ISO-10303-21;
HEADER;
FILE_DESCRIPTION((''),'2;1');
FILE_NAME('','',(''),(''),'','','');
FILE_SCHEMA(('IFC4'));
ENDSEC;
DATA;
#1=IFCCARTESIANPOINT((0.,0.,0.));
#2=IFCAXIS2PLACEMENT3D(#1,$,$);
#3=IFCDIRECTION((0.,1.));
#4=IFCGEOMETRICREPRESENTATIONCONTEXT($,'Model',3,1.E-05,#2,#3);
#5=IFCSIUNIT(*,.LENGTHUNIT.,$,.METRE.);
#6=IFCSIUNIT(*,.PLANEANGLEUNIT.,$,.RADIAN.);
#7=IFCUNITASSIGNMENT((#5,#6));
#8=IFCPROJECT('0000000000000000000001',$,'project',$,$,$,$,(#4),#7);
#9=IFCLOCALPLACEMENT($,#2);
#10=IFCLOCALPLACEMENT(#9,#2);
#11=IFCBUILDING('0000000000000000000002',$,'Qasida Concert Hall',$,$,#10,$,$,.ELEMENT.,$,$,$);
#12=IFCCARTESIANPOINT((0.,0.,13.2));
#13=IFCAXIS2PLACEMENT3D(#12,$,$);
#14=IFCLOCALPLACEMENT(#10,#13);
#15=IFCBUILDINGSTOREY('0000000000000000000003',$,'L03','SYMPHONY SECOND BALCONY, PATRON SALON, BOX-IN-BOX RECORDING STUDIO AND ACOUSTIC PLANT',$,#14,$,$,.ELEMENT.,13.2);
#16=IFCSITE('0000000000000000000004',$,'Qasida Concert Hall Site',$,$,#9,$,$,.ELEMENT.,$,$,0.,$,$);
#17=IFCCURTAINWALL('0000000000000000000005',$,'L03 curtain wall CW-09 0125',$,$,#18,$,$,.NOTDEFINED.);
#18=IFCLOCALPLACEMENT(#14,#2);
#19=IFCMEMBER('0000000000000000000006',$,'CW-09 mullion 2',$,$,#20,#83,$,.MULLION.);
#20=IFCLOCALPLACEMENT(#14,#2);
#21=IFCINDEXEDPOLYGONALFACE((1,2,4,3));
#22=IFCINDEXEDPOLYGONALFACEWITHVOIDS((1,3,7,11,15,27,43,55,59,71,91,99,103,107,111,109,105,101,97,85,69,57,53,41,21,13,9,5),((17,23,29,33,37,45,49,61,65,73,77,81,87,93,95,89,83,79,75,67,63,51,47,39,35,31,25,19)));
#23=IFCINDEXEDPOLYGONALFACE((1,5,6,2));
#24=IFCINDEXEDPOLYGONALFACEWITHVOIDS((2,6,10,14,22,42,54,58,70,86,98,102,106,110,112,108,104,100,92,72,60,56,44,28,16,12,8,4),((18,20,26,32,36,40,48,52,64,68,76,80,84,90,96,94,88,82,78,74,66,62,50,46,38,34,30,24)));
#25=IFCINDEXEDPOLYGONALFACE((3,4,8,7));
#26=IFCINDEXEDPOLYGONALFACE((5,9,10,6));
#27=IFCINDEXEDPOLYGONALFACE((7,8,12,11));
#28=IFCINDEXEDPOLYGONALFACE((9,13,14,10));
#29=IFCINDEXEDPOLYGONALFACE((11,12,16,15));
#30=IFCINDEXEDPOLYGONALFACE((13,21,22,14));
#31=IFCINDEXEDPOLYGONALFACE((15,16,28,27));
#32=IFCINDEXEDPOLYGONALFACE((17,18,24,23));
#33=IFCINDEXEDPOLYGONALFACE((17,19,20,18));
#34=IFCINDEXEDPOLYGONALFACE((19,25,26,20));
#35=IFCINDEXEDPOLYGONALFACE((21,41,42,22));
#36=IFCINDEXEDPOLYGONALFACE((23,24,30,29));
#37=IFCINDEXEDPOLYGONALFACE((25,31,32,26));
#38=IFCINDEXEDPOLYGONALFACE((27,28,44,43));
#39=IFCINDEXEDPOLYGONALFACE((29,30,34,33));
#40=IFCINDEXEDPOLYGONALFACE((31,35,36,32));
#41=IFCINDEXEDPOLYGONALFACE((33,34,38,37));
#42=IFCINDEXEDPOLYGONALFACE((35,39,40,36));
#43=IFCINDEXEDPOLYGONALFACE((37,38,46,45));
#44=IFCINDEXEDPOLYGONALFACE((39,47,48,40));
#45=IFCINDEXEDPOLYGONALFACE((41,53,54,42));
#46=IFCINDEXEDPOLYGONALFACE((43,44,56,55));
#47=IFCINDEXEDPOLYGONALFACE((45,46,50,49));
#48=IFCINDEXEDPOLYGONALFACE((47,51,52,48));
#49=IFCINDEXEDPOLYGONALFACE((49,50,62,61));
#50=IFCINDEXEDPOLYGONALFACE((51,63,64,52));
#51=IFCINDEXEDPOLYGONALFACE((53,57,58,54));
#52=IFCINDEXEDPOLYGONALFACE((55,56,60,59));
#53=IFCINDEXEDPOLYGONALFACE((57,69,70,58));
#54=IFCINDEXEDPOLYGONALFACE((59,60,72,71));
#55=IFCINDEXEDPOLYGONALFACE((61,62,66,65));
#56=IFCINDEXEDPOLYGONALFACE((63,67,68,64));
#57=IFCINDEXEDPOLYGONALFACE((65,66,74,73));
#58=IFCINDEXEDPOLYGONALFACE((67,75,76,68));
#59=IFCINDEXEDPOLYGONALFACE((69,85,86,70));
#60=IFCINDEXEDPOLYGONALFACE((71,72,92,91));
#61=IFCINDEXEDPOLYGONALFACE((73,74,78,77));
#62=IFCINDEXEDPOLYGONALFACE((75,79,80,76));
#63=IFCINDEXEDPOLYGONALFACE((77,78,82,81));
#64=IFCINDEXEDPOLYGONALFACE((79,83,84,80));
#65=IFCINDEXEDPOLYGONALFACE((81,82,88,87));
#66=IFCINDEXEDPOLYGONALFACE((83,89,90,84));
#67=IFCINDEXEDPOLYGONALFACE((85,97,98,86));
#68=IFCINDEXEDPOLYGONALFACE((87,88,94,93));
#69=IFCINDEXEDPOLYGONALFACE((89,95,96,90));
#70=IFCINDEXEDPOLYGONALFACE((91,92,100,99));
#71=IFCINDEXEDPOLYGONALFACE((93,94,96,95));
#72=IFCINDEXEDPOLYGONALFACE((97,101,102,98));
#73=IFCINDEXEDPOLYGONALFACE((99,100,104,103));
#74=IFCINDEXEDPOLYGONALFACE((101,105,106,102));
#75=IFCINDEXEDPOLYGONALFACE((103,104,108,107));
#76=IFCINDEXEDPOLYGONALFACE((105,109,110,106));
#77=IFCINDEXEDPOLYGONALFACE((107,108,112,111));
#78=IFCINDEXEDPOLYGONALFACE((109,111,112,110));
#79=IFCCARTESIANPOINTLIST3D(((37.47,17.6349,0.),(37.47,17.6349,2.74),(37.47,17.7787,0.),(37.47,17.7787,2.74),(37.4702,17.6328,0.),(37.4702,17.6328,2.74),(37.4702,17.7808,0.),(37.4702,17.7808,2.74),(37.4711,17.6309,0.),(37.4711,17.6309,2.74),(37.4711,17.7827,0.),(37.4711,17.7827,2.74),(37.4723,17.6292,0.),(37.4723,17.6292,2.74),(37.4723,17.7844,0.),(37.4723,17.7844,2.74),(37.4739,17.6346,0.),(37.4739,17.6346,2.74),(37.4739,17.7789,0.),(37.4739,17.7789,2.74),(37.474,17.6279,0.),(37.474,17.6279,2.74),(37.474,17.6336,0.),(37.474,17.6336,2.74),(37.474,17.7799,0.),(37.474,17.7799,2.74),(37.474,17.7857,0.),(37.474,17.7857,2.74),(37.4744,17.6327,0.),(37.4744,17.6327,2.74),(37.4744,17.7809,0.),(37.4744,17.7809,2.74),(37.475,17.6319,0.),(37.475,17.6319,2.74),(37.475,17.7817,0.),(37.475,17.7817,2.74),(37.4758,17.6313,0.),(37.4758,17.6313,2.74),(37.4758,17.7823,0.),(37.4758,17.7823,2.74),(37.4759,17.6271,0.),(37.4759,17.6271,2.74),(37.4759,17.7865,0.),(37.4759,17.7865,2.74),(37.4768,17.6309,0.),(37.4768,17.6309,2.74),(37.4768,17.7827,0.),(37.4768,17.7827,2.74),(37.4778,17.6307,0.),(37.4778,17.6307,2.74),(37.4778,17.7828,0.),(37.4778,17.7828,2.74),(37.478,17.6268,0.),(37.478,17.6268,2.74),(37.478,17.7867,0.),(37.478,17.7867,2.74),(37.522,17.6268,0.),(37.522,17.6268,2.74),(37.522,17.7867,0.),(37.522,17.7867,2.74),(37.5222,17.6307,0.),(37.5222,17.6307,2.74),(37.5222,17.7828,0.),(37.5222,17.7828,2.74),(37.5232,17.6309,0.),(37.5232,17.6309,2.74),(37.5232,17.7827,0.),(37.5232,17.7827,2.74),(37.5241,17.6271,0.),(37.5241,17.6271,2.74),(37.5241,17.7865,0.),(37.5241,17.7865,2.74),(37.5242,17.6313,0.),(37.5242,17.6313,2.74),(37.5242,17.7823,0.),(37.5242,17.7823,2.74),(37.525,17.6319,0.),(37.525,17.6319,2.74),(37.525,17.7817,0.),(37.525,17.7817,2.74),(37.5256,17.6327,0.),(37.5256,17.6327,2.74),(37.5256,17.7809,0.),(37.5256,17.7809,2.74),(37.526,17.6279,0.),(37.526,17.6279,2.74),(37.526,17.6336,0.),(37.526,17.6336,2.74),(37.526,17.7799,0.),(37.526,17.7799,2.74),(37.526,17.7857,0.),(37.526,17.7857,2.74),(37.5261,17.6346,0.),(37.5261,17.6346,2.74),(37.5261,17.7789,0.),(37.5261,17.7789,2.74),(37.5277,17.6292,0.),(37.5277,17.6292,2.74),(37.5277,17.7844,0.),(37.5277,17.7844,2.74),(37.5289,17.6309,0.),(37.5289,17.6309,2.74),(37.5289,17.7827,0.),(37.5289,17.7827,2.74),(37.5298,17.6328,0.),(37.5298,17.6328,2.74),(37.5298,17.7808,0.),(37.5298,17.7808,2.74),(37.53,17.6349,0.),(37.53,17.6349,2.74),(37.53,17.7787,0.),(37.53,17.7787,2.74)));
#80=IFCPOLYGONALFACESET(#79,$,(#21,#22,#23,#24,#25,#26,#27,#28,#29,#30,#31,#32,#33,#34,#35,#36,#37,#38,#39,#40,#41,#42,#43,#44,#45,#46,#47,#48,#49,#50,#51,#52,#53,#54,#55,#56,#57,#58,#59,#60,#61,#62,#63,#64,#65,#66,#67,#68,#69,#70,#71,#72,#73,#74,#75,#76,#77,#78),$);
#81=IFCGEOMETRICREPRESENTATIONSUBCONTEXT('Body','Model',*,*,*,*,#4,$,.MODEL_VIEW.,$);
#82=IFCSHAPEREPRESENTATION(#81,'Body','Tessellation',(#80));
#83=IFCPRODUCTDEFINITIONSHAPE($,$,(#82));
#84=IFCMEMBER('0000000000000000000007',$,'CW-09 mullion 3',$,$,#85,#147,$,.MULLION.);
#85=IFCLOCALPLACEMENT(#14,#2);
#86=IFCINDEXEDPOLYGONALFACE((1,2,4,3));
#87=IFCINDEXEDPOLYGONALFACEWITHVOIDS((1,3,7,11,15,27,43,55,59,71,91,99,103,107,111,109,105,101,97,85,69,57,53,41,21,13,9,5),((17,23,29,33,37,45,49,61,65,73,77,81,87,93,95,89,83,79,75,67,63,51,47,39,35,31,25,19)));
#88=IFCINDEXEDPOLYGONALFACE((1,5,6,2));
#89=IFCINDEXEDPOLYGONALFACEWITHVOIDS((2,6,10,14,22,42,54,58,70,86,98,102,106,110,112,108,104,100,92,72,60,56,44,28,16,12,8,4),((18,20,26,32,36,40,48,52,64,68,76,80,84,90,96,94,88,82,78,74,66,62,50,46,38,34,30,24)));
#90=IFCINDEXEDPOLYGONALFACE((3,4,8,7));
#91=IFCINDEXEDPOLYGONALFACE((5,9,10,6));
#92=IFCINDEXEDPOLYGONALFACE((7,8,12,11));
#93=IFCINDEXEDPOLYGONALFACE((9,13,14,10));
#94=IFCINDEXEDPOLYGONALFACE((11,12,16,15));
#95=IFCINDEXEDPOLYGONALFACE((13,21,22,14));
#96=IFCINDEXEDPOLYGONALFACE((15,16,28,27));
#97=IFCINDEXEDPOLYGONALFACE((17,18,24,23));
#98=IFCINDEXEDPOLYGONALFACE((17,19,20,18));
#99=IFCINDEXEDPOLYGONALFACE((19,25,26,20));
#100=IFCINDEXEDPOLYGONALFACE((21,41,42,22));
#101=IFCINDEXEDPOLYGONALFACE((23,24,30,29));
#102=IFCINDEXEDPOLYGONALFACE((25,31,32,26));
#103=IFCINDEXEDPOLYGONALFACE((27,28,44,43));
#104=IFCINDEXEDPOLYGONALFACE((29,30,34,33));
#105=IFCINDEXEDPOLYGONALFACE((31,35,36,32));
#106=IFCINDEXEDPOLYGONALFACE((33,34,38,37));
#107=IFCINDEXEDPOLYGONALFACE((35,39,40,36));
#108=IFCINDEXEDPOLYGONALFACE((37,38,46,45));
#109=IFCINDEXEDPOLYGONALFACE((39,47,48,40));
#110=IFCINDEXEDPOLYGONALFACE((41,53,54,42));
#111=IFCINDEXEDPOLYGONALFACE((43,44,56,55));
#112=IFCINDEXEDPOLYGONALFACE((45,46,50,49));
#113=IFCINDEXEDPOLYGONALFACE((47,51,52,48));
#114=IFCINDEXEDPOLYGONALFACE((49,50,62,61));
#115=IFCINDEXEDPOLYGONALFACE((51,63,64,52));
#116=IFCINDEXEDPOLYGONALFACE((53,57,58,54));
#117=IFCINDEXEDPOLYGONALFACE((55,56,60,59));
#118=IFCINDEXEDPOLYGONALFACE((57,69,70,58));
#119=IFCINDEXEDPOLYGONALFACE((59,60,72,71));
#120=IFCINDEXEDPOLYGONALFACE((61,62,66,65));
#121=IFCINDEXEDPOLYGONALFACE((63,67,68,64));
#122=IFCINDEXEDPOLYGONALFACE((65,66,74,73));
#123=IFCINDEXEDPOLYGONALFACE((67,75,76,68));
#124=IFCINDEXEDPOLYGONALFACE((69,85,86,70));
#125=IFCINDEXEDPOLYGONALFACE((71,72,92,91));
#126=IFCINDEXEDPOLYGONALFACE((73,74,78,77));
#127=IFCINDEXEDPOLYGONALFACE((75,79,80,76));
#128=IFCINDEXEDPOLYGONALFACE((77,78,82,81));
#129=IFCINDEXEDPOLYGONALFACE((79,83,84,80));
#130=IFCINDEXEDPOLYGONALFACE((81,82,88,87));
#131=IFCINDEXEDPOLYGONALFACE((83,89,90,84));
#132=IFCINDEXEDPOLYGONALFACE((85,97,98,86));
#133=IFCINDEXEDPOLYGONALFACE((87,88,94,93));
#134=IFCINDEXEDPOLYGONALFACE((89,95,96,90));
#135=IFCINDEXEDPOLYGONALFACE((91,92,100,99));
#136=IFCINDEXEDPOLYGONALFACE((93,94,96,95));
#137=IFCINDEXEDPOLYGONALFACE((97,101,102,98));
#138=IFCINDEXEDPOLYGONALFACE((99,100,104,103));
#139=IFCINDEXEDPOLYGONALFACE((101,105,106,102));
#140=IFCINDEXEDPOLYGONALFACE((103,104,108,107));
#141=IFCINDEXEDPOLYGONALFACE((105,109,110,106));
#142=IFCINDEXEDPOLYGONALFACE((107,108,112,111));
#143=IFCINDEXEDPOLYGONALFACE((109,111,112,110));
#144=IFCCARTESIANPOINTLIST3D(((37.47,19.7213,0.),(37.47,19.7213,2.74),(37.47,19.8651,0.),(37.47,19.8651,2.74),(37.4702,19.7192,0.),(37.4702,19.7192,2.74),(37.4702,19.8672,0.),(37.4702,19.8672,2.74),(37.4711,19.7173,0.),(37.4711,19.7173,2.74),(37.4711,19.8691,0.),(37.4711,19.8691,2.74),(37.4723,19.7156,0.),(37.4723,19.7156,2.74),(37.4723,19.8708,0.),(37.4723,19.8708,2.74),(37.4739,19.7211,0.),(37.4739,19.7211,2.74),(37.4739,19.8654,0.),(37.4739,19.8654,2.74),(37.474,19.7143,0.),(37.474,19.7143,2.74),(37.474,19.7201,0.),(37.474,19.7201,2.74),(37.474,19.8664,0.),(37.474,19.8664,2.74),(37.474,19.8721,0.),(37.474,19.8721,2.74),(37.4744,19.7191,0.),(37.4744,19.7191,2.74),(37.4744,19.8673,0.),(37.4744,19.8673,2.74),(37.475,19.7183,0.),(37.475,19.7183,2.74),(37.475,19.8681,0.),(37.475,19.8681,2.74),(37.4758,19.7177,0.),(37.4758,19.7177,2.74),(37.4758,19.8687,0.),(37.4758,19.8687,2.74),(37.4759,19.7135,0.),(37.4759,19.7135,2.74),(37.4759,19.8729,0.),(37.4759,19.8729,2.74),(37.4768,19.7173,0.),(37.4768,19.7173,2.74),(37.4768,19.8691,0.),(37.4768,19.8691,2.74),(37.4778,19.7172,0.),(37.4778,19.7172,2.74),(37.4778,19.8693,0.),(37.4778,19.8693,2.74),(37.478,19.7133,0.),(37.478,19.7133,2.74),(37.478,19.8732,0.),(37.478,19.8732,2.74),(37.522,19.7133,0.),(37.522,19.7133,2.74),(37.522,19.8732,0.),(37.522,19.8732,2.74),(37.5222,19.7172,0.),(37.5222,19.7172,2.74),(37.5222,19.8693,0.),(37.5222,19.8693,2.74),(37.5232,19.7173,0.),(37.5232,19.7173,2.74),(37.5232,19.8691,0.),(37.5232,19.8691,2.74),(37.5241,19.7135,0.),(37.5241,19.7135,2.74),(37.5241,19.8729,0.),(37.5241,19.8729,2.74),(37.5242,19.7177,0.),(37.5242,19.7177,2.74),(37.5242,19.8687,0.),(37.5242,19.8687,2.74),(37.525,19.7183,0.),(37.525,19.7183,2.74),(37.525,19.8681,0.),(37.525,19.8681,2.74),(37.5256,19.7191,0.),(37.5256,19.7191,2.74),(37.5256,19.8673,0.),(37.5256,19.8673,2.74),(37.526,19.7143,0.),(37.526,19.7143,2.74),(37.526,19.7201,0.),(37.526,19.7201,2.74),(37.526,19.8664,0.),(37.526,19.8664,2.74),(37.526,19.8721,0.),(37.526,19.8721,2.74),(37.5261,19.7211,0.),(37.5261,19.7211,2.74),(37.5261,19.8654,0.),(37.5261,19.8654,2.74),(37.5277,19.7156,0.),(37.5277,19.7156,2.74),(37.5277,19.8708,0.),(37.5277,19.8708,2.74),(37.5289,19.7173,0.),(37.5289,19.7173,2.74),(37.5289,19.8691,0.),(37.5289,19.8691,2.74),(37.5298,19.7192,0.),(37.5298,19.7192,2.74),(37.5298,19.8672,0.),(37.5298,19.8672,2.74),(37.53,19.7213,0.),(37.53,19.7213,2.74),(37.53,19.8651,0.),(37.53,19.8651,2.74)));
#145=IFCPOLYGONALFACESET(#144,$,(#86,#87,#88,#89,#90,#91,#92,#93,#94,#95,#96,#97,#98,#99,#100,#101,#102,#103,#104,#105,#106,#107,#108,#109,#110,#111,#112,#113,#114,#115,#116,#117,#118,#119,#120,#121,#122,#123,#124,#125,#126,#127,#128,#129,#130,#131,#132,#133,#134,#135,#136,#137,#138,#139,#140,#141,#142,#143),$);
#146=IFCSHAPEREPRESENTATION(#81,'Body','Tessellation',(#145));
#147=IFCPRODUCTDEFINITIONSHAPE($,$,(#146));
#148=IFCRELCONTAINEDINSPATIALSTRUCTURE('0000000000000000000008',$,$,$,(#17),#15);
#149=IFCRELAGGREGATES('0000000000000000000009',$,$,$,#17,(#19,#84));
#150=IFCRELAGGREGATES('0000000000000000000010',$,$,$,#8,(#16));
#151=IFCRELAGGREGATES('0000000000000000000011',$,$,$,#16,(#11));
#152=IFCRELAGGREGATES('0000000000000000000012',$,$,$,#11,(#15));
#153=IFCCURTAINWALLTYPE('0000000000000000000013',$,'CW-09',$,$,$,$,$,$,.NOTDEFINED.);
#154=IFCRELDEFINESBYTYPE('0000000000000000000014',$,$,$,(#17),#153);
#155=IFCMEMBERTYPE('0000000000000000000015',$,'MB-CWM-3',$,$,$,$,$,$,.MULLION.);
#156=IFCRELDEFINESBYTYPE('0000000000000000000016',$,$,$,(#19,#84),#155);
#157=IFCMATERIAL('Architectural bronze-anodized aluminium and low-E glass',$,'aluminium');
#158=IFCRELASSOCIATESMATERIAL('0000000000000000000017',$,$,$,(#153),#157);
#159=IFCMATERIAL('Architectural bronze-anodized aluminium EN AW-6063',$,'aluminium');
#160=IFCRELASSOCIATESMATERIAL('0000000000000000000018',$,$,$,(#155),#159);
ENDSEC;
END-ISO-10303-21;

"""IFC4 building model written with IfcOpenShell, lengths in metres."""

from ifc_helpers import new_model, si_unit, direction, frame, origin, origin_2d, place, context, subcontext, project, spatial, hollow_rectangle, extrude, material, material_profile, profile_set, type_object, element, aggregate, save


model = new_model("IFC4")

# Units and contexts
model_context = context("Model", 3, precision=1e-05, world=origin(), true_north=direction((0.0, 1.0)))
body_context = subcontext(model_context, "Body", "Model", "MODEL_VIEW")
ifc_project = project(units=[si_unit("LENGTHUNIT", "METRE"), si_unit("PLANEANGLEUNIT", "RADIAN")], contexts=[model_context])

# Site, building, storey
site_placement = place(None, origin())
site = spatial("IfcSite", under=ifc_project, at=site_placement, Name="Qasida Concert Hall Site", CompositionType="ELEMENT", RefElevation=0.0)
building_placement = place(site_placement, origin())
building = spatial("IfcBuilding", under=site, at=building_placement, Name="Qasida Concert Hall", CompositionType="ELEMENT")
storey_placement = place(building_placement, frame((0.0, 0.0, 13.2)))
storey = spatial("IfcBuildingStorey", under=building, at=storey_placement, Name="L03", Description="SYMPHONY SECOND BALCONY, PATRON SALON, BOX-IN-BOX RECORDING STUDIO AND ACOUSTIC PLANT", CompositionType="ELEMENT", Elevation=13.2)

# Curtain wall, members
ifc_material_1 = material(Name="Architectural bronze-anodized aluminium and low-E glass", Category="aluminium")
curtain_wall_type = type_object("IfcCurtainWallType", Name="CW-09", PredefinedType="NOTDEFINED", material=ifc_material_1)
curtain_wall_1_placement = place(storey_placement, origin())
curtain_wall_1 = element("IfcCurtainWall", 1, at=curtain_wall_1_placement, inside=storey, type_object=curtain_wall_type, Name="L03 curtain wall CW-09 0125", PredefinedType="NOTDEFINED")
ifc_material_2 = material(Name="Architectural bronze-anodized aluminium EN AW-6063", Category="aluminium")
ifc_material_profile_1 = material_profile(ifc_material_2, hollow_rectangle(XDim=0.0601, YDim=0.1599, WallThickness=0.0039, InnerFilletRadius=0.0039, OuterFilletRadius=0.0081, at=origin_2d()), Name="CWM 160x60x4")
ifc_profile_set_1 = profile_set([ifc_material_profile_1], Name="Architectural bronze-anodized aluminium EN AW-6063")
member_type_1 = type_object("IfcMemberType", Name="MB-CWM-3", PredefinedType="MULLION", material=ifc_profile_set_1)
member_1_placement = place(storey_placement, frame((37.5, 17.7068, 0.0), z_axis=(0.0, 0.0, 1.0), x_axis=(-1.0, 0.0, 0.0)))
member_1 = element("IfcMember", 2, at=member_1_placement, type_object=member_type_1, Name="CW-09 mullion 2", PredefinedType="MULLION", context=body_context, shape_type="SweptSolid", body=[
    extrude(hollow_rectangle(XDim=0.0601, YDim=0.1599, WallThickness=0.0039, InnerFilletRadius=0.0039, OuterFilletRadius=0.0081, at=origin_2d()), origin(), (0.0, 0.0, 1.0), 2.74),
])
member_2_placement = place(storey_placement, frame((37.5, 19.7932, 0.0), z_axis=(0.0, 0.0, 1.0), x_axis=(-1.0, 0.0, 0.0)))
member_2 = element("IfcMember", 3, at=member_2_placement, type_object=member_type_1, Name="CW-09 mullion 3", PredefinedType="MULLION", context=body_context, shape_type="SweptSolid", body=[
    extrude(hollow_rectangle(XDim=0.0601, YDim=0.1599, WallThickness=0.0039, InnerFilletRadius=0.0039, OuterFilletRadius=0.0081, at=origin_2d()), origin(), (0.0, 0.0, 1.0), 2.74),
])

aggregate(curtain_wall_1, [member_1, member_2])

save(model, "model.ifc")
